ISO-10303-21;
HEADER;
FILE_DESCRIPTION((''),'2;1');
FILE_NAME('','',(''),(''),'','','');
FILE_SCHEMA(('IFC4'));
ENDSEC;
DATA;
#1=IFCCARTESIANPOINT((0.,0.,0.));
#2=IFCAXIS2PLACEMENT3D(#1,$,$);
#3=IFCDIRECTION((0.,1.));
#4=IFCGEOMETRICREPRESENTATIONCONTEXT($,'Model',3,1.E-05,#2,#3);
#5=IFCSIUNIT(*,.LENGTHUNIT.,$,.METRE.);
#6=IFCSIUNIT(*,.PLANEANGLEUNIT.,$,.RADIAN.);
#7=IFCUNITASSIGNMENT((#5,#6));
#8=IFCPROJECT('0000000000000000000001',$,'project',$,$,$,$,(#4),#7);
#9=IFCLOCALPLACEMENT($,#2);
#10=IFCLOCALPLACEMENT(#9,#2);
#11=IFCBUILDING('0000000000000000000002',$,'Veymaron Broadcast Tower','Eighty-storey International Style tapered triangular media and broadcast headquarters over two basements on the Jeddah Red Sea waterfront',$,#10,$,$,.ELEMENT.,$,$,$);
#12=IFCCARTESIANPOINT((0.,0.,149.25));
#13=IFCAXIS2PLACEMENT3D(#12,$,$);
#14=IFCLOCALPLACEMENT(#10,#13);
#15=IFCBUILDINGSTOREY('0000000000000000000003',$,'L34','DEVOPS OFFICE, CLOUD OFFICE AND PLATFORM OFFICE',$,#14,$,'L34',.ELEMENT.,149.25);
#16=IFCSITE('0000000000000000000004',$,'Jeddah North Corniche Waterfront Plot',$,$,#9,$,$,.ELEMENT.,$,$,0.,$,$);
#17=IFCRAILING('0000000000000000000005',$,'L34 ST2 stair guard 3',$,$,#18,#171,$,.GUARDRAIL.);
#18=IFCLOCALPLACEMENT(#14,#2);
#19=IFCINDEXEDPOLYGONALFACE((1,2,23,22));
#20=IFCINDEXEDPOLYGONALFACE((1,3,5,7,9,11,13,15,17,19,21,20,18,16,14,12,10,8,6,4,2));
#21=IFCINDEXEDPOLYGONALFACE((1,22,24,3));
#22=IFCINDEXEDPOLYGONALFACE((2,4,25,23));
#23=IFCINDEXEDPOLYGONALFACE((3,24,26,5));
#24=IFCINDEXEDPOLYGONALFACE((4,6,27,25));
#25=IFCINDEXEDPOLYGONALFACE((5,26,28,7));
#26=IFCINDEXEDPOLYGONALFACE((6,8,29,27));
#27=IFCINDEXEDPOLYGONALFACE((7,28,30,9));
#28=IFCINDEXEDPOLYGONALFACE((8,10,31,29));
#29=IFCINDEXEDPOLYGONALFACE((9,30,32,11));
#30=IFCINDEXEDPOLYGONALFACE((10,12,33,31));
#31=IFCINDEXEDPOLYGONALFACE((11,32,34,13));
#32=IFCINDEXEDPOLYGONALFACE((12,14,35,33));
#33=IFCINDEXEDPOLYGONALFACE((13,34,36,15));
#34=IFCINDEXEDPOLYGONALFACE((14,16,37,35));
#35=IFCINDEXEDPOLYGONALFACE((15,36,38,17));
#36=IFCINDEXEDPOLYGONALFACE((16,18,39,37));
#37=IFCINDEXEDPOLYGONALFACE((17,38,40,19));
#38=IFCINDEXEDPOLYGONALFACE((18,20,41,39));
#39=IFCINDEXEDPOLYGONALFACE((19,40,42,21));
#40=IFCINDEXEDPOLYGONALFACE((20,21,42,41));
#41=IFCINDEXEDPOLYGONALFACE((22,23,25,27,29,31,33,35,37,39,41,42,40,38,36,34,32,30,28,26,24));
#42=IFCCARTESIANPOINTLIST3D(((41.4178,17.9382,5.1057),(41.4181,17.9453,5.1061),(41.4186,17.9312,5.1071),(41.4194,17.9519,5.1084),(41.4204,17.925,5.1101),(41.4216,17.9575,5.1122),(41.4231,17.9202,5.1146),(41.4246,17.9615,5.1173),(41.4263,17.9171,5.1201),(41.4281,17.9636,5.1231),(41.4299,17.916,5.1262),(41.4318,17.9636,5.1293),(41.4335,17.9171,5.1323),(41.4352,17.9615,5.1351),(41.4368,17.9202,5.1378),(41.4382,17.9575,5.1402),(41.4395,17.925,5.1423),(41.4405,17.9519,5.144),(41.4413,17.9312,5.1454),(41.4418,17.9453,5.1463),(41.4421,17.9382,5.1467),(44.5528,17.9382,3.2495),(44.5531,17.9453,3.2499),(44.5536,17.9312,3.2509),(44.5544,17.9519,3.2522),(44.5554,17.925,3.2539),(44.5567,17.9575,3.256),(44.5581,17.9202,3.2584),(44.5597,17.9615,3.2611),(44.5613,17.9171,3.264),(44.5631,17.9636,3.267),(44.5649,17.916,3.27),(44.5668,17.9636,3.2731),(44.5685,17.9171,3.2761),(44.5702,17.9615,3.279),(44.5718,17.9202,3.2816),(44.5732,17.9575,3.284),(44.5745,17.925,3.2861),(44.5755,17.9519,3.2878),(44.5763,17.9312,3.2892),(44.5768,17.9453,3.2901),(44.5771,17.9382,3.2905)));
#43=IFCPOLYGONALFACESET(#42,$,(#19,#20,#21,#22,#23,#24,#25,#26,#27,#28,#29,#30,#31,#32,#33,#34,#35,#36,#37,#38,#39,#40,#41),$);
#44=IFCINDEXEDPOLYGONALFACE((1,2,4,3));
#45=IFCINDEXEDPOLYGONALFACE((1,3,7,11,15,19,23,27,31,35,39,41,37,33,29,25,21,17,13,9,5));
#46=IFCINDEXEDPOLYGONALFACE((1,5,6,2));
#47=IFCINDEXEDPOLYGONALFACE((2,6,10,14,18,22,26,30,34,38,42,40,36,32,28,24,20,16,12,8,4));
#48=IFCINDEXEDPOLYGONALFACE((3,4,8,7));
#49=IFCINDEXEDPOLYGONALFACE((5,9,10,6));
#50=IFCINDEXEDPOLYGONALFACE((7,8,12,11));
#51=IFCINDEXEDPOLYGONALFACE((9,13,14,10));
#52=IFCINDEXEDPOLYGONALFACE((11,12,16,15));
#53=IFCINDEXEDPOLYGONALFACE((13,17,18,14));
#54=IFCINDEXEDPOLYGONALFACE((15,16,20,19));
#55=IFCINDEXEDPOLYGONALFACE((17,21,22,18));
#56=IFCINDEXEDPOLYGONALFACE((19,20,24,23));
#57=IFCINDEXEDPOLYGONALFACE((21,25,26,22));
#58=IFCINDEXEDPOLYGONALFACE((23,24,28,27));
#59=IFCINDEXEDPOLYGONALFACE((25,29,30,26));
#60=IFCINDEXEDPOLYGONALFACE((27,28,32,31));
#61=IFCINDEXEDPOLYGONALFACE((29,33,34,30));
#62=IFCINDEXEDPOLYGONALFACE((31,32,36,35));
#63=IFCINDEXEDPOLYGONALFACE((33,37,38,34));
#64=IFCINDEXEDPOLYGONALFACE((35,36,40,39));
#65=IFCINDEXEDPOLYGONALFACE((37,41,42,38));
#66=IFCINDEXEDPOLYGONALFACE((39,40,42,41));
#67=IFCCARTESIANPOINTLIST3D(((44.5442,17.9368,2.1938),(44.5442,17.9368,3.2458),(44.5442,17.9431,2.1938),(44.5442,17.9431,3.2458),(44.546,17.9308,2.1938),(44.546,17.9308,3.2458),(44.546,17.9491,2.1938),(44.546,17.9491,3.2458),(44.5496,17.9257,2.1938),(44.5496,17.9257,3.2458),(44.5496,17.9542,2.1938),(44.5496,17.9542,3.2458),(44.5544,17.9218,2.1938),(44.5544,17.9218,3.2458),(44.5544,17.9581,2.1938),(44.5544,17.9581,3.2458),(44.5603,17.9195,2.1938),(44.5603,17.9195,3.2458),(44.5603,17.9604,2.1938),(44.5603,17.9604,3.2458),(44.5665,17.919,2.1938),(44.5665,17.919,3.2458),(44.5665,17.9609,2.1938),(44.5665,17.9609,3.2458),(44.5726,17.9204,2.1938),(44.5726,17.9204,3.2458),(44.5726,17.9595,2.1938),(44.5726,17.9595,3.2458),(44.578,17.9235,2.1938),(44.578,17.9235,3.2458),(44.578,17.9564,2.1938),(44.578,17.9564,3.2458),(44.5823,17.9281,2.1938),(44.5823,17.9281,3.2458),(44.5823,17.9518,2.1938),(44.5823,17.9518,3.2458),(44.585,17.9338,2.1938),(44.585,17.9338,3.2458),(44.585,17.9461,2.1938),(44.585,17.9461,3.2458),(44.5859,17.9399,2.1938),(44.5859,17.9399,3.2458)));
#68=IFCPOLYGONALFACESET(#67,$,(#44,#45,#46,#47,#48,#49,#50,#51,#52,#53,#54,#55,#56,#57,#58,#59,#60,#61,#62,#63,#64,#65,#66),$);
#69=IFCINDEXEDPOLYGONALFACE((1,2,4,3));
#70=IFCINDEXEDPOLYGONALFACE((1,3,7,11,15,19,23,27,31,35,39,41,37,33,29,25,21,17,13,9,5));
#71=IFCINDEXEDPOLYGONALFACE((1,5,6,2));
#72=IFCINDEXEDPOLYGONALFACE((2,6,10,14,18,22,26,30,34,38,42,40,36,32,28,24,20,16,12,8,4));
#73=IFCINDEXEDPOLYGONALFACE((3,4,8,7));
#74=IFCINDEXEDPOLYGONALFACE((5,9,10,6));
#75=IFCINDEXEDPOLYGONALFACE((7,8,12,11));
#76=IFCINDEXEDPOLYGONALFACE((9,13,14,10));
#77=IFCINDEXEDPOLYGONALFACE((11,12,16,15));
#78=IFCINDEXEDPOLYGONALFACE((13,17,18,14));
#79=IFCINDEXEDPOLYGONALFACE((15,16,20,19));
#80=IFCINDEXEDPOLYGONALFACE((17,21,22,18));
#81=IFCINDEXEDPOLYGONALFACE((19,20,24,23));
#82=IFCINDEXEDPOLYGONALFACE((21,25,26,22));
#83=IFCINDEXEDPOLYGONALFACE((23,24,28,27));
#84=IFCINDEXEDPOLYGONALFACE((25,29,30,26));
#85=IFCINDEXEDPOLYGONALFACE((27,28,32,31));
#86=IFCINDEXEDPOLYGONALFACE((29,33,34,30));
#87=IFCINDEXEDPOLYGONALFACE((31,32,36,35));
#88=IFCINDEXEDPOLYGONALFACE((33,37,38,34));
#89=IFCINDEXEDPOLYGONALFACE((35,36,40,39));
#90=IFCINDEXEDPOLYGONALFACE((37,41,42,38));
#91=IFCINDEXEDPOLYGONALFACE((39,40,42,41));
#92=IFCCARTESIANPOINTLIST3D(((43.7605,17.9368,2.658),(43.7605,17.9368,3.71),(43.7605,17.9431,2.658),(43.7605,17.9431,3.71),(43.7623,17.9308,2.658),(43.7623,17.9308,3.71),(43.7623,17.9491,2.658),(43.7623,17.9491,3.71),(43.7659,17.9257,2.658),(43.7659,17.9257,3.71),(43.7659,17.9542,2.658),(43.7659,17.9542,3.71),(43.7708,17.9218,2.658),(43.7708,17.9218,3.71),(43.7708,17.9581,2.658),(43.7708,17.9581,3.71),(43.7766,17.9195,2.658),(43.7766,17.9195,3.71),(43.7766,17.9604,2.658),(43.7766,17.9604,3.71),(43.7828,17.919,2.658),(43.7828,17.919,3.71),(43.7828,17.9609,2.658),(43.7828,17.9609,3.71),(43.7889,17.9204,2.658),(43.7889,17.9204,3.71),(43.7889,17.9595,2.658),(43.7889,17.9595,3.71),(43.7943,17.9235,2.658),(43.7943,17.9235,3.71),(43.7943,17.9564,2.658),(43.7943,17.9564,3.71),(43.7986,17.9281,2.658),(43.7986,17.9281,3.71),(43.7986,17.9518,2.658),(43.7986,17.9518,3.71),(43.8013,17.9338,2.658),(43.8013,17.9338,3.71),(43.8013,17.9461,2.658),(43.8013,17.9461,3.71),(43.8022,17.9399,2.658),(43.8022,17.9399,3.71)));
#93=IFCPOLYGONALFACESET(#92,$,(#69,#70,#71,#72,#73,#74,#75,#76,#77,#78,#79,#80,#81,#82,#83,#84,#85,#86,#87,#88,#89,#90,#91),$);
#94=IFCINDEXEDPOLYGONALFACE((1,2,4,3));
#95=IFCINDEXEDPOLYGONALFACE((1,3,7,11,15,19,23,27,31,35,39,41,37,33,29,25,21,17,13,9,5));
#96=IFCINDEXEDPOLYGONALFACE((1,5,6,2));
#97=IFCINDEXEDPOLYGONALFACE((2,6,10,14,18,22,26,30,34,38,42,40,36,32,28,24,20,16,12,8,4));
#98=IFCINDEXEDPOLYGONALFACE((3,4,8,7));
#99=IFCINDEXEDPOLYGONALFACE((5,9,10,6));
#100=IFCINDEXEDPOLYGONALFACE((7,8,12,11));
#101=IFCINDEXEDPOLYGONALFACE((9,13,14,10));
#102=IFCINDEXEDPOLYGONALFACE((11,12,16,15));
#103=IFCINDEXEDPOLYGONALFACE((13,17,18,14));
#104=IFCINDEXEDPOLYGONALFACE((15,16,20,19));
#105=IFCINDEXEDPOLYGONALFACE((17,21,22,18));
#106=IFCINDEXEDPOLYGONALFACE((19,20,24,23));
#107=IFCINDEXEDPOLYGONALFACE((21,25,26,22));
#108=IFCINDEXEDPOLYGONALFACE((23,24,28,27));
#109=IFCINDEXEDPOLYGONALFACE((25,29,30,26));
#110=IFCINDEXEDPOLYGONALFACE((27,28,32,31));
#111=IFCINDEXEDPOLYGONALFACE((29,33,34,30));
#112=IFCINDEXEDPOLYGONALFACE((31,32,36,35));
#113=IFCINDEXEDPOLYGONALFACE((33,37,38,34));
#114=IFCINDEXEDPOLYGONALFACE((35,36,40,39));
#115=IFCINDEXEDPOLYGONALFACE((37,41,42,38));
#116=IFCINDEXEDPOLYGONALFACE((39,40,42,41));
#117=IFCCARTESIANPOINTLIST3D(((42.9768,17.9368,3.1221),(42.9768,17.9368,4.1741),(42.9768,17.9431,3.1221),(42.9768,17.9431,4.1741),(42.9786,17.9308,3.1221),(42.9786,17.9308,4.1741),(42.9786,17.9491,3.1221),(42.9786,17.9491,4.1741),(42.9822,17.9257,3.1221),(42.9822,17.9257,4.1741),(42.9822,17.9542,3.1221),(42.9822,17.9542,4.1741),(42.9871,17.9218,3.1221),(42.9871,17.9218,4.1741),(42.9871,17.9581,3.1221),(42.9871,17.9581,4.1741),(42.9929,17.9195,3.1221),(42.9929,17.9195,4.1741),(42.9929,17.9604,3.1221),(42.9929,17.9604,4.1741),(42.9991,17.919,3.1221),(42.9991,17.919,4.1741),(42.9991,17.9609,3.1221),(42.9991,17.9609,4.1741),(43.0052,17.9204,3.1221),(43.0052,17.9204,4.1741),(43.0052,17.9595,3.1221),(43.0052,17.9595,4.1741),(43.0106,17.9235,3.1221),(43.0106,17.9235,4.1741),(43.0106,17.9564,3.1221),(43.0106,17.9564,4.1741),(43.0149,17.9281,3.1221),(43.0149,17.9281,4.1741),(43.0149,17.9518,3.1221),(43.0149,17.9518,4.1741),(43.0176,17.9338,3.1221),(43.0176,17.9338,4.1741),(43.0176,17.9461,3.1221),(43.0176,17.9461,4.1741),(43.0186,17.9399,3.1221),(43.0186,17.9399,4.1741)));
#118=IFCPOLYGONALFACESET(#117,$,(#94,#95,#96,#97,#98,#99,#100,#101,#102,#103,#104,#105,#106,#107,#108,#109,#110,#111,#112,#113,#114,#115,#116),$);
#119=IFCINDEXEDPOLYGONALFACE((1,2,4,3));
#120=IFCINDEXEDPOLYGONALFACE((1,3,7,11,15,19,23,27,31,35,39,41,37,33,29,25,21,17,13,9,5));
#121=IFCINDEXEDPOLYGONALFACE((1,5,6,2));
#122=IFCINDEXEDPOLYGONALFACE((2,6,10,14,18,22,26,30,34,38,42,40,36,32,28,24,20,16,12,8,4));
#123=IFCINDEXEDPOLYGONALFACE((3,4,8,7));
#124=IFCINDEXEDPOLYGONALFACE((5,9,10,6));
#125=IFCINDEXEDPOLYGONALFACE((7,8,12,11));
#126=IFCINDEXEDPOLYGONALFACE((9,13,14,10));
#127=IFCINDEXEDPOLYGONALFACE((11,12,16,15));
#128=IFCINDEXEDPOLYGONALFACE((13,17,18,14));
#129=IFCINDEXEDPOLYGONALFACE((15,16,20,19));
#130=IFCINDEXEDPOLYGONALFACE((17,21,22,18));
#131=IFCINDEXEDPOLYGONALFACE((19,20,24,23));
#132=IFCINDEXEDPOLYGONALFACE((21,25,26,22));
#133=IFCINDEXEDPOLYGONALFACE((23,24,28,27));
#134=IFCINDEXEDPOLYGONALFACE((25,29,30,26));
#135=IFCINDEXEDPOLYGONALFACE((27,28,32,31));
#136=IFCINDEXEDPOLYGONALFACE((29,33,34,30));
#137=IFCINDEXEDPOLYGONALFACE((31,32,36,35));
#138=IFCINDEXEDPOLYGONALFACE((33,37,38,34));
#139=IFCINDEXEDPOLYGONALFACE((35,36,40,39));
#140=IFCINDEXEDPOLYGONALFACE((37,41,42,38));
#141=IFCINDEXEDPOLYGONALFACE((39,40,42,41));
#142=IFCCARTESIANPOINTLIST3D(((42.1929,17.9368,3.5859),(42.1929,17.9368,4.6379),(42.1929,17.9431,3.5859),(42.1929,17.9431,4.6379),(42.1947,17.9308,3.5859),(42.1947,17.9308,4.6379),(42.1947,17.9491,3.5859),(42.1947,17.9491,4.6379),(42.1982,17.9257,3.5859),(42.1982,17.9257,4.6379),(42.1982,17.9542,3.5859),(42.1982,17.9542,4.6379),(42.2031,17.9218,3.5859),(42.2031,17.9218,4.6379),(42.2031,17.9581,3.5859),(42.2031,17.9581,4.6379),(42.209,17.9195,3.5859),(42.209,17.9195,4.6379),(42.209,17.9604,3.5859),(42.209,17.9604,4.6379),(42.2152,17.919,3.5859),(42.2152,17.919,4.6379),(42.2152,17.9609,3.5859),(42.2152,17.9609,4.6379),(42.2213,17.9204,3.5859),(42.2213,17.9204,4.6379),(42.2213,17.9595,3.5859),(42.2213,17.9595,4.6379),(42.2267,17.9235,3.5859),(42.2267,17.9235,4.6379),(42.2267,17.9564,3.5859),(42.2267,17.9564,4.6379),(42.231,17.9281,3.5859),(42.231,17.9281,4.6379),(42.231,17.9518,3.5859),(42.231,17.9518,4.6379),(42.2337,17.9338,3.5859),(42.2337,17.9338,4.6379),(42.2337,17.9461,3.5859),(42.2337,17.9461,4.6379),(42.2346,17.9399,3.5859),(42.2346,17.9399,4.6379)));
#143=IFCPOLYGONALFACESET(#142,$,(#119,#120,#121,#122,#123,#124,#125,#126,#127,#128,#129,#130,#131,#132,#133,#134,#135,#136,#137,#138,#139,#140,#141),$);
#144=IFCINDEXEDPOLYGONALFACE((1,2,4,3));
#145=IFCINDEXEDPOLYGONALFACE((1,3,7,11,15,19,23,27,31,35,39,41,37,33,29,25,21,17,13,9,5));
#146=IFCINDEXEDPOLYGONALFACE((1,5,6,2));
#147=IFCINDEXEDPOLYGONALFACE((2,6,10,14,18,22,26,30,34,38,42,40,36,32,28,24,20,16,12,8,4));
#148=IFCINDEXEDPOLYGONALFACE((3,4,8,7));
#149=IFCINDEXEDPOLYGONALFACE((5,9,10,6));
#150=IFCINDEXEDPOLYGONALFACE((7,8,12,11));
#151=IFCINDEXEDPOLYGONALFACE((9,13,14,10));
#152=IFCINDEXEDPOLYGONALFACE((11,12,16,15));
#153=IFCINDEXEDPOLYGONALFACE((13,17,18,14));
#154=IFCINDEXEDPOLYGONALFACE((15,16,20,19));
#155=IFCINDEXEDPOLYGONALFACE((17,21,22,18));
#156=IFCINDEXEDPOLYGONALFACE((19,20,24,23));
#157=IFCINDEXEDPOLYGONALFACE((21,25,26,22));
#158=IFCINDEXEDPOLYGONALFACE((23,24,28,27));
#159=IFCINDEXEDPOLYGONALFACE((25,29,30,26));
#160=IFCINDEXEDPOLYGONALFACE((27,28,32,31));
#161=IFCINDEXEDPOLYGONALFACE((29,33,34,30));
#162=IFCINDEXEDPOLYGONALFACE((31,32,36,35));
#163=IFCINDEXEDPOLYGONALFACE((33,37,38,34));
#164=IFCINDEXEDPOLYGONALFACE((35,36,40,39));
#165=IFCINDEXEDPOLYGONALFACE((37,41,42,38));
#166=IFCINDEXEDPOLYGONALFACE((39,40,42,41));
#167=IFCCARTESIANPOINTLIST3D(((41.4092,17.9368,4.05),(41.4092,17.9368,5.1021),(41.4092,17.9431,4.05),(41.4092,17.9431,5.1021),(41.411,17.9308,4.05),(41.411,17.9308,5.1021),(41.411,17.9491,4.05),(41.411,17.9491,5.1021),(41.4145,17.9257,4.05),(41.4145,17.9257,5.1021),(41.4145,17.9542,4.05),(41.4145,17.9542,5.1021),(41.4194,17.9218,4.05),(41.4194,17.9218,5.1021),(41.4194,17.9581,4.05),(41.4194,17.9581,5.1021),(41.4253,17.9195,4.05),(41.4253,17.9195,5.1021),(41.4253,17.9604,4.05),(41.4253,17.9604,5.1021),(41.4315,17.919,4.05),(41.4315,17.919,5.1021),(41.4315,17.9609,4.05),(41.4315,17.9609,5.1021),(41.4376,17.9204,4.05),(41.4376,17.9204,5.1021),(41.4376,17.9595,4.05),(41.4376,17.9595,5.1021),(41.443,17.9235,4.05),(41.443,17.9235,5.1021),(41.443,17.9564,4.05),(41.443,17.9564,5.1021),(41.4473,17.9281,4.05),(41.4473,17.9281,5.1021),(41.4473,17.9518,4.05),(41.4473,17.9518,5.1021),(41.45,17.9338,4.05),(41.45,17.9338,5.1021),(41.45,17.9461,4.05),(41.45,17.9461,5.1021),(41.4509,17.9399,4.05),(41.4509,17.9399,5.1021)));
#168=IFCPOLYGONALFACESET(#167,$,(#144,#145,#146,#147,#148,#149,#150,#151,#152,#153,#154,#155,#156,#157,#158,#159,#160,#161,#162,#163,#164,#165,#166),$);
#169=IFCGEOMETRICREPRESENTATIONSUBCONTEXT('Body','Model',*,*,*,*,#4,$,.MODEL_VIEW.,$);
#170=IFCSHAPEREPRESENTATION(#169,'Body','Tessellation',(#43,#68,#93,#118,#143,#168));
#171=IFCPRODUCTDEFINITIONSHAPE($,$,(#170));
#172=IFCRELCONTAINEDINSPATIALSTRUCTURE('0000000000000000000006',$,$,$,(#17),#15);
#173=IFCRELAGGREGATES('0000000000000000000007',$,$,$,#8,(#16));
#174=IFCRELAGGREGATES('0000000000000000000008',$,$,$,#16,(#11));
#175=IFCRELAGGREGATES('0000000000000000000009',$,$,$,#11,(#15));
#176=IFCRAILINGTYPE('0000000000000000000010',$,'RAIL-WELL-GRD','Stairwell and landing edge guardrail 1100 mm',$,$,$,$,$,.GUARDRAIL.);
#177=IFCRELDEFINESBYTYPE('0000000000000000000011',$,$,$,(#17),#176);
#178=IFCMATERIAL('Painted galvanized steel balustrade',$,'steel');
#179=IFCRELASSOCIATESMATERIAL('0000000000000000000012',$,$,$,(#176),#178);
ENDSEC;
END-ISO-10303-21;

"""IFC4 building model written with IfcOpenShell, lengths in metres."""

from ifc_helpers import new_model, si_unit, direction, frame, origin, origin_2d, place, context, subcontext, project, spatial, circle, extrude, material, type_object, element, save


model = new_model("IFC4")

# Units and contexts
model_context = context("Model", 3, precision=1e-05, world=origin(), true_north=direction((0.0, 1.0)))
body_context = subcontext(model_context, "Body", "Model", "MODEL_VIEW")
ifc_project = project(units=[si_unit("LENGTHUNIT", "METRE"), si_unit("PLANEANGLEUNIT", "RADIAN")], contexts=[model_context])

# Site, building, storey
site_placement = place(None, origin())
site = spatial("IfcSite", under=ifc_project, at=site_placement, Name="Jeddah North Corniche Waterfront Plot", CompositionType="ELEMENT", RefElevation=0.0)
building_placement = place(site_placement, origin())
building = spatial("IfcBuilding", under=site, at=building_placement, Name="Veymaron Broadcast Tower", Description="Eighty-storey International Style tapered triangular media and broadcast headquarters over two basements on the Jeddah Red Sea waterfront", CompositionType="ELEMENT")
storey_placement = place(building_placement, frame((0.0, 0.0, 149.25)))
storey = spatial("IfcBuildingStorey", under=building, at=storey_placement, Name="L34", Description="DEVOPS OFFICE, CLOUD OFFICE AND PLATFORM OFFICE", LongName="L34", CompositionType="ELEMENT", Elevation=149.25)

# Railing
ifc_material_1 = material(Name="Painted galvanized steel balustrade", Category="steel")
railing_type_1 = type_object("IfcRailingType", Name="RAIL-WELL-GRD", Description="Stairwell and landing edge guardrail 1100 mm", PredefinedType="GUARDRAIL", material=ifc_material_1)
railing_1_placement = place(storey_placement, frame((44.5649, 17.9399, 2.1938)))
element("IfcRailing", 1, at=railing_1_placement, inside=storey, type_object=railing_type_1, Name="L34 ST2 stair guard 3", PredefinedType="GUARDRAIL", context=body_context, shape_type="SweptSolid", body=[
    extrude(circle(Radius=0.0239, at=origin_2d()), frame((0.0, 0.0, 1.0762), z_axis=(-0.860482, 0.0, 0.509481), x_axis=(0.0, -1.0, 0.0)), (0.0, 0.0, 1.0), 3.6433),
    extrude(circle(Radius=0.021, at=origin_2d()), origin(), (0.0, 0.0, 1.0), 1.052),
    extrude(circle(Radius=0.021, at=origin_2d()), frame((-0.7837, 0.0, 0.4641)), (0.0, 0.0, 1.0), 1.052),
    extrude(circle(Radius=0.021, at=origin_2d()), frame((-1.5674, 0.0, 0.9282)), (0.0, 0.0, 1.0), 1.052),
    extrude(circle(Radius=0.021, at=origin_2d()), frame((-2.3513, 0.0, 1.3921)), (0.0, 0.0, 1.0), 1.052),
    extrude(circle(Radius=0.021, at=origin_2d()), frame((-3.135, 0.0, 1.8562)), (0.0, 0.0, 1.0), 1.052),
])

save(model, "model.ifc")
